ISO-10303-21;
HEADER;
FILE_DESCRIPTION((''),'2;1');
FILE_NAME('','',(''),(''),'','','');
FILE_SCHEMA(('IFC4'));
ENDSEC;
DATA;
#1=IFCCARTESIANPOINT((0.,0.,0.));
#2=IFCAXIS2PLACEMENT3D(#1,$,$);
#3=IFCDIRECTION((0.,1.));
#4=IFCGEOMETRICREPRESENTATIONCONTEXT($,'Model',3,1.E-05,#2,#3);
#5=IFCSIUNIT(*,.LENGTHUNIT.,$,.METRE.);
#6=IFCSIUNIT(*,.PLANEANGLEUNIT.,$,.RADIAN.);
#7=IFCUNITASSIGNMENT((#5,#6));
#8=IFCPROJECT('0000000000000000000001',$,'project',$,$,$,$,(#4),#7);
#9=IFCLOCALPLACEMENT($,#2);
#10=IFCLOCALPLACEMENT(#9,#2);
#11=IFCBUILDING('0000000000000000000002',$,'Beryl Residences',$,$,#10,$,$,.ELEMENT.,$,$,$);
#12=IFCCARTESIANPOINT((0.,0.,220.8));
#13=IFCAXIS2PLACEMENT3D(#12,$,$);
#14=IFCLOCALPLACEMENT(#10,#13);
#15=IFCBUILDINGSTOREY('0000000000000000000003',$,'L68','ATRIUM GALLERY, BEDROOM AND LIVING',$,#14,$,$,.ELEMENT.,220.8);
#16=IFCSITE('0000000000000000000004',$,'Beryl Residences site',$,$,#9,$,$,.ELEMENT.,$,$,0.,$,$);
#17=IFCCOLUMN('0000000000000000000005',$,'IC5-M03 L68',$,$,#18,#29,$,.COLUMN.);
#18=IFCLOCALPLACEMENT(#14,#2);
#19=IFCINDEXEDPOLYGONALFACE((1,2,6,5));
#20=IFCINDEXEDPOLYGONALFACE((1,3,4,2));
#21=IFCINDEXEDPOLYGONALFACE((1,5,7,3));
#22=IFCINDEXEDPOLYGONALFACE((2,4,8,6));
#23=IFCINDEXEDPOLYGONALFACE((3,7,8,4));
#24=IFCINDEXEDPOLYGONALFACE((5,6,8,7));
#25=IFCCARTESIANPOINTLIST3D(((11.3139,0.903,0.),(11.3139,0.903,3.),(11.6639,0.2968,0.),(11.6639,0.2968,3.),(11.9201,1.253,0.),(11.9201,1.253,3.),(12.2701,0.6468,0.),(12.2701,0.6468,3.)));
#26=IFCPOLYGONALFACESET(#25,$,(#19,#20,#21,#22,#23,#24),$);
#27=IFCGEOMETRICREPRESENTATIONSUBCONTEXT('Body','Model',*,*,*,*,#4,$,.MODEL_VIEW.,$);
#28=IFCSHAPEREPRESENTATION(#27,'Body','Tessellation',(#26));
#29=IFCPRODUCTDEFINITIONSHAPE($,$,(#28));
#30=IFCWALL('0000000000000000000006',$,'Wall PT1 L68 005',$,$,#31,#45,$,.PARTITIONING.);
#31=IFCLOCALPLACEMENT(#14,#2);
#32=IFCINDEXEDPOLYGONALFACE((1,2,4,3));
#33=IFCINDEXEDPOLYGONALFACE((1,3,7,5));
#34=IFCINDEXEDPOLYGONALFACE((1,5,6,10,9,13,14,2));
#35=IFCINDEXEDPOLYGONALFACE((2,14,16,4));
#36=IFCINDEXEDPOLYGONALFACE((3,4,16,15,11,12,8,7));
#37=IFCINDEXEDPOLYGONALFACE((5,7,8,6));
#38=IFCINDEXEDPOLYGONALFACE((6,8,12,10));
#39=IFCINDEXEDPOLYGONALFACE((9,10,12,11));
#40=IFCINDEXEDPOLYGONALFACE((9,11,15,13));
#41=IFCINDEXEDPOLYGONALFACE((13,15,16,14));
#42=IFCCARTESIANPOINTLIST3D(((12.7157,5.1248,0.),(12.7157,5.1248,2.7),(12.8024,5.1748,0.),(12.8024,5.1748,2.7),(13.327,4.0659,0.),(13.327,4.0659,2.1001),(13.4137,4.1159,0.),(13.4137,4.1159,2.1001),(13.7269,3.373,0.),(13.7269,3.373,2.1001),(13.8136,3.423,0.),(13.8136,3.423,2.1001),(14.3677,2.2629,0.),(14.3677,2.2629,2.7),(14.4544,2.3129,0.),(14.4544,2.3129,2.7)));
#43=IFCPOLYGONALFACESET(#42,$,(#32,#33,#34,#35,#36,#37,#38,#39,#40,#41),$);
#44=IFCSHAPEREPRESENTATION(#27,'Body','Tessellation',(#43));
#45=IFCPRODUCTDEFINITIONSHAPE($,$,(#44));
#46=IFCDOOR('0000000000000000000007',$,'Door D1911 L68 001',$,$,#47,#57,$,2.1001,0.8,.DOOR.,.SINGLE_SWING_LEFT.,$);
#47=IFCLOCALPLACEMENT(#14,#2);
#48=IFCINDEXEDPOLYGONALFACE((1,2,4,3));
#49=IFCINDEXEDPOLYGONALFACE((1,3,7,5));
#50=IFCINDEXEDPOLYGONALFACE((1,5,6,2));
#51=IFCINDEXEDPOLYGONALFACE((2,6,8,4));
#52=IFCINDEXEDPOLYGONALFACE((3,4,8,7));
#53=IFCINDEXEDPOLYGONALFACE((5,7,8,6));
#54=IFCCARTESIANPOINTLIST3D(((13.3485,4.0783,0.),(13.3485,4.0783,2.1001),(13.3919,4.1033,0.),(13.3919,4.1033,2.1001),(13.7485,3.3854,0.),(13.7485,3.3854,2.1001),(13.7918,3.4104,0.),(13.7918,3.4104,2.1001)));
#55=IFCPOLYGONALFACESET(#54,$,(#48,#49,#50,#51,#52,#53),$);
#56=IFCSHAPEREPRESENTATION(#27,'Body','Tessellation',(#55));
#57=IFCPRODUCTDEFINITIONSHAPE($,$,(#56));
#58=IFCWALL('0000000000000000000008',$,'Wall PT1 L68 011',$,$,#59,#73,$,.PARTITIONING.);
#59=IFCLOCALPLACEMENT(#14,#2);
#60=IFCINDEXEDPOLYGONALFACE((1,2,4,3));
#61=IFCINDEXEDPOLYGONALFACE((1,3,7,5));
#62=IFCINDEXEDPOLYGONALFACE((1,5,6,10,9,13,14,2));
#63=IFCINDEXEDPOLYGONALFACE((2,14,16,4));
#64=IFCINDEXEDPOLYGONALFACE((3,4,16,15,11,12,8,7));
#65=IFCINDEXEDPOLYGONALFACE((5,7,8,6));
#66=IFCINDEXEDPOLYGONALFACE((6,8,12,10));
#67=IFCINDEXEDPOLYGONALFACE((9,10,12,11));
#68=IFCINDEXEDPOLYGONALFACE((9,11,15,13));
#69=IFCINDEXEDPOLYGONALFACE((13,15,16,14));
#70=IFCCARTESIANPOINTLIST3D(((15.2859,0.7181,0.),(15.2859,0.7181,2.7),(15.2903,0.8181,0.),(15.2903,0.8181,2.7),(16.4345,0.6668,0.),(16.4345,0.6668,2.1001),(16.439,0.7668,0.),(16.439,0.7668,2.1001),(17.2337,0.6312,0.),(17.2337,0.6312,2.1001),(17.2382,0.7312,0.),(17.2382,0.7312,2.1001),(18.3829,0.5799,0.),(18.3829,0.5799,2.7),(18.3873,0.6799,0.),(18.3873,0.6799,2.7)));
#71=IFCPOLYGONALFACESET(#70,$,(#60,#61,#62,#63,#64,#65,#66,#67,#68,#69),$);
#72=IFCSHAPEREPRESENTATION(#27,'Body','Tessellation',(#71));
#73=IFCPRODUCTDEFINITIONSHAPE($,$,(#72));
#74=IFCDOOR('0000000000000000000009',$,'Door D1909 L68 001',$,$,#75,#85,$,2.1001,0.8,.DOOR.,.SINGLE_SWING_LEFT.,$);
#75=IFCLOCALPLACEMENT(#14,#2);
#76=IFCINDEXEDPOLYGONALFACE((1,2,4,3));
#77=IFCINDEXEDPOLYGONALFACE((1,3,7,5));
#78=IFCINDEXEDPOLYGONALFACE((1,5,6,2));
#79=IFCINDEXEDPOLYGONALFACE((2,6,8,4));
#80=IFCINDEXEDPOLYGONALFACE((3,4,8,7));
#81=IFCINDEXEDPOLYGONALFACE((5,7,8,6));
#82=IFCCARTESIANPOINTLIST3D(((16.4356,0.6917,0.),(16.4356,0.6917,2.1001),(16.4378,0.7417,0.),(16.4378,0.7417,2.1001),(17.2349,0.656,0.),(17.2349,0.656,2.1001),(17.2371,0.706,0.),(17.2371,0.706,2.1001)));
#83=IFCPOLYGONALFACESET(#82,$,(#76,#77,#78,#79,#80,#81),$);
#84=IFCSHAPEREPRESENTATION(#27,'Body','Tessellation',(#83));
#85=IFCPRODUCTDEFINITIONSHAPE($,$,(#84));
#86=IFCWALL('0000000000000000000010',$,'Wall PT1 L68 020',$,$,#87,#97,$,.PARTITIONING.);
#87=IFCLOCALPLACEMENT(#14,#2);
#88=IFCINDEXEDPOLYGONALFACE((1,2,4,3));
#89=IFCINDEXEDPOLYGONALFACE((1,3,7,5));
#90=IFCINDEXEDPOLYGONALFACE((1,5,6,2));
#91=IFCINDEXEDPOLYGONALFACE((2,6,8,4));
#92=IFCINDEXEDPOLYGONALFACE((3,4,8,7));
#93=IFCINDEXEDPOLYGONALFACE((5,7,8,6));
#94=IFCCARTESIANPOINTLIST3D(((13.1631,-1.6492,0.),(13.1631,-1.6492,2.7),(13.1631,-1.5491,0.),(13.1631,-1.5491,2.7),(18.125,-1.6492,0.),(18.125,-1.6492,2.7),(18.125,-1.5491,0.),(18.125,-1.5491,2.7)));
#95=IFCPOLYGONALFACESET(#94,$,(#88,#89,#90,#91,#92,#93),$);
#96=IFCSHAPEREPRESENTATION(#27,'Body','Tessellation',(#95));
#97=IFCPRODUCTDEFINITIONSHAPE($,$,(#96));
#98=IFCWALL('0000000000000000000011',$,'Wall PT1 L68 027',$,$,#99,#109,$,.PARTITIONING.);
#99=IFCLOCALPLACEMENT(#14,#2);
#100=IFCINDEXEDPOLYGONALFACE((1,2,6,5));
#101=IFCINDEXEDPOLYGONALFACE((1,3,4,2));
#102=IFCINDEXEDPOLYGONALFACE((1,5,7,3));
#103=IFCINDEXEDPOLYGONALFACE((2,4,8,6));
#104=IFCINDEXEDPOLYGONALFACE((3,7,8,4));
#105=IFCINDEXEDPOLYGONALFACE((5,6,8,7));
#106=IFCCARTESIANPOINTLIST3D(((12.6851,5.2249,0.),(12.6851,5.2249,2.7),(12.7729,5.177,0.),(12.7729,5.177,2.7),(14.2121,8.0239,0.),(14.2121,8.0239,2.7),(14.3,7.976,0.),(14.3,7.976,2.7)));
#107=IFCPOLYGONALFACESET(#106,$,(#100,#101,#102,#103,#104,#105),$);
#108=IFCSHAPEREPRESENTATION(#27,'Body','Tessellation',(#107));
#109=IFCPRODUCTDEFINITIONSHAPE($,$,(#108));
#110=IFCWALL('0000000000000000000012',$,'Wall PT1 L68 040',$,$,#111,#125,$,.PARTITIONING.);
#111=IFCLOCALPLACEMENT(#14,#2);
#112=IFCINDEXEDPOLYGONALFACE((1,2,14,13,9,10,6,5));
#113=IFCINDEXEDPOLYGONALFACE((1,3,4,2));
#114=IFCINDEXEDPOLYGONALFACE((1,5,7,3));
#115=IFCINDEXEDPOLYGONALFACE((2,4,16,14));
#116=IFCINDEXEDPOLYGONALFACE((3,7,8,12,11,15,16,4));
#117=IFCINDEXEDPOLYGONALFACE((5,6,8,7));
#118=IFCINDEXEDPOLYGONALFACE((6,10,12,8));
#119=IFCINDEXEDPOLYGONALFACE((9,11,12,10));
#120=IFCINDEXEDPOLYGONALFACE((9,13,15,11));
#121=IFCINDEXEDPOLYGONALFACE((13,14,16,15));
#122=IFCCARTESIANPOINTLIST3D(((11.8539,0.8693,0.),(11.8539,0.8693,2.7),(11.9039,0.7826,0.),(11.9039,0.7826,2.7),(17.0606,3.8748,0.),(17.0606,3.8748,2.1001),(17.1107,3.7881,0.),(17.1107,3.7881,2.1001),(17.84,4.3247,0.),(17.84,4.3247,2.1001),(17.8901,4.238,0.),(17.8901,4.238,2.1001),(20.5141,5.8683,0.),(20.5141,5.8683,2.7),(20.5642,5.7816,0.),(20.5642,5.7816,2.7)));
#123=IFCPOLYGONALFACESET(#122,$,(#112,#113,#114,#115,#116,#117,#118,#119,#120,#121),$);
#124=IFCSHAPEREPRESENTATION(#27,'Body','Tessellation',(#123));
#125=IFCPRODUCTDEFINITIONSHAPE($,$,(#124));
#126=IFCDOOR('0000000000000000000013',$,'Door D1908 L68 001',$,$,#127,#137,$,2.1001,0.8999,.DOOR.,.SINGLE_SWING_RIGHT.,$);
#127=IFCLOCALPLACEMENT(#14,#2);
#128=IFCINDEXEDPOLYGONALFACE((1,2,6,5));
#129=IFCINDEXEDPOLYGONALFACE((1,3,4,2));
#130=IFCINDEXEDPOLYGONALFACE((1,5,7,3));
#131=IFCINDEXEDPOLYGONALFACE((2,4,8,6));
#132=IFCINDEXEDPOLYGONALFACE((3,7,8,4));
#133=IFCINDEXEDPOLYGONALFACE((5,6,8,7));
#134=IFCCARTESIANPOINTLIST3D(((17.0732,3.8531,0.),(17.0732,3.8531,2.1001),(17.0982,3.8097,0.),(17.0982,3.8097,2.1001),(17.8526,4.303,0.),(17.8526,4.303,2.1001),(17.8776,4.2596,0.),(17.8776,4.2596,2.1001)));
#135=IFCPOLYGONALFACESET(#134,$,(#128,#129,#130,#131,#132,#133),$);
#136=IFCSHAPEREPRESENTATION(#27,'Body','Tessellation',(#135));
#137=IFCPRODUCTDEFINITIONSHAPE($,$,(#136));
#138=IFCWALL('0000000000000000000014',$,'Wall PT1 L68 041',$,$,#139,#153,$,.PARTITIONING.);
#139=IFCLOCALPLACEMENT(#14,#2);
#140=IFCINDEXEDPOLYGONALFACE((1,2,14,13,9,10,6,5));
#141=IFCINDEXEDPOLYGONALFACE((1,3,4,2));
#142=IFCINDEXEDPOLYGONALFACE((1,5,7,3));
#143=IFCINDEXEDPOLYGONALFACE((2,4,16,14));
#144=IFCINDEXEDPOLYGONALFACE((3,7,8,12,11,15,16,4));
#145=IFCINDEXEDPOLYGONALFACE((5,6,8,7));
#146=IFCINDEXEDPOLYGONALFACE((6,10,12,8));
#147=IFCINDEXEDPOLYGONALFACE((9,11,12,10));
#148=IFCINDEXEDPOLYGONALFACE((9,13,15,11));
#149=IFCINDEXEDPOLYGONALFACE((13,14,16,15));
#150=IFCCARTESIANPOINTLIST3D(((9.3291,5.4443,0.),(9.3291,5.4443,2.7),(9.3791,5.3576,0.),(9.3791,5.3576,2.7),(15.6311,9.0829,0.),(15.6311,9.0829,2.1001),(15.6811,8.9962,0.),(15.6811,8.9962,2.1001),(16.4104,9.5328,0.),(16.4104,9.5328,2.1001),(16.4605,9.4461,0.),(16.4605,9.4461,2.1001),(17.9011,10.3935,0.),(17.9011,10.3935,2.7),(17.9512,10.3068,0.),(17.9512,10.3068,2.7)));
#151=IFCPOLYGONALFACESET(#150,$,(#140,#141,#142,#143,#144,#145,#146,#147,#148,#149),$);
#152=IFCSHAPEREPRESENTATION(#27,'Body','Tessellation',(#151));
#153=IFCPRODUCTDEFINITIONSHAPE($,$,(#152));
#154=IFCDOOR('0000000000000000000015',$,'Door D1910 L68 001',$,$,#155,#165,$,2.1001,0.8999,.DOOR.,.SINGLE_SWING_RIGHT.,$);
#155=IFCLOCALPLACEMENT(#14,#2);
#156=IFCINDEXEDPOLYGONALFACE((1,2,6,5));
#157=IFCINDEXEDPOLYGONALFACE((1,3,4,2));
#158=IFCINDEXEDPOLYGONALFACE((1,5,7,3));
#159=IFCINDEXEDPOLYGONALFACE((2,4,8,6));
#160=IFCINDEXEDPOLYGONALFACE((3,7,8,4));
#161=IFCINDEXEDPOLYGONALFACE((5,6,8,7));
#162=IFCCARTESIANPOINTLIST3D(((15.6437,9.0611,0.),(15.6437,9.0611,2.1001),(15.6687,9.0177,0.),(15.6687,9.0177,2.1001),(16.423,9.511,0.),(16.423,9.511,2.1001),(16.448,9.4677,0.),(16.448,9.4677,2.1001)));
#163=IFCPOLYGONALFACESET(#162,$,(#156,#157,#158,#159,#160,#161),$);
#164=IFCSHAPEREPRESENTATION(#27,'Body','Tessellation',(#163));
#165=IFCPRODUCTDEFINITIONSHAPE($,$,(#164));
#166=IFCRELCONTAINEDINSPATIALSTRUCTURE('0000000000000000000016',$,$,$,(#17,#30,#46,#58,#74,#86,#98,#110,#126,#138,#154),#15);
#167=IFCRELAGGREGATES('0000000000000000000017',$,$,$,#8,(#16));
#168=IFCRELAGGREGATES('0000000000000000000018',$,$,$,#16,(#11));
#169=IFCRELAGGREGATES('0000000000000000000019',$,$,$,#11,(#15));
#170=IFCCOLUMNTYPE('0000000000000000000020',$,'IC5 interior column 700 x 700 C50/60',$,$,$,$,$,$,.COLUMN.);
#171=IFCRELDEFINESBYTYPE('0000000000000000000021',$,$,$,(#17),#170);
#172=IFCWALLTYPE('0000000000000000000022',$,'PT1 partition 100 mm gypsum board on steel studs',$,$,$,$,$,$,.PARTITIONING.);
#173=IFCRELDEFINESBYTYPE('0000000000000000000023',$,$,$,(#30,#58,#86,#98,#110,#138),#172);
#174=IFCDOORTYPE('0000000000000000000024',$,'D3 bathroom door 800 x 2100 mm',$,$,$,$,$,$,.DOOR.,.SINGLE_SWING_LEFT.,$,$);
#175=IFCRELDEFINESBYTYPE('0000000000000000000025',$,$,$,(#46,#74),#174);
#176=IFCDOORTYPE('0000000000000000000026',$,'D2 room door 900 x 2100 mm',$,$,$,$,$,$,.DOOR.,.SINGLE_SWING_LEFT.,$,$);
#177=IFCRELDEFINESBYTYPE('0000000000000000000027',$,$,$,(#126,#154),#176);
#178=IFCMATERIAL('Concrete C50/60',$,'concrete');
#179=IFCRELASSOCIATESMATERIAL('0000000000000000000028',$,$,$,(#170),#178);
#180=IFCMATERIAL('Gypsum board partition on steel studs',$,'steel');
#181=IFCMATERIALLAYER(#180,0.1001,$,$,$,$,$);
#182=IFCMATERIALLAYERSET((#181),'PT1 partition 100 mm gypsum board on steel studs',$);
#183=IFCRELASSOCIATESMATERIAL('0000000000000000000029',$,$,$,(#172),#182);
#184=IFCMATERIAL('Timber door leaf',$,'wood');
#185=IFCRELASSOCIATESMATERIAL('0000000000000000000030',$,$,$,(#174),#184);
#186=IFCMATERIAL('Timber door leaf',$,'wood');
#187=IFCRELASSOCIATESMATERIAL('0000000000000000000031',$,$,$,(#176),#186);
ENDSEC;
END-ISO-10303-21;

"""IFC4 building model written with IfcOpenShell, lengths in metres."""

from ifc_helpers import new_model, si_unit, direction, frame, frame_2d, origin, origin_2d, place, context, subcontext, project, spatial, rectangle, extrude, material, layer, layer_set, material_profile, profile_set, type_object, element, fill, save


model = new_model("IFC4")

# Units and contexts
model_context = context("Model", 3, precision=1e-05, world=origin(), true_north=direction((0.0, 1.0)))
body_context = subcontext(model_context, "Body", "Model", "MODEL_VIEW")
ifc_project = project(units=[si_unit("LENGTHUNIT", "METRE"), si_unit("PLANEANGLEUNIT", "RADIAN")], contexts=[model_context])

# Site, building, storey
site_placement = place(None, origin())
site = spatial("IfcSite", under=ifc_project, at=site_placement, Name="Beryl Residences site", CompositionType="ELEMENT", RefElevation=0.0)
building_placement = place(site_placement, origin())
building = spatial("IfcBuilding", under=site, at=building_placement, Name="Beryl Residences", CompositionType="ELEMENT")
storey_placement = place(building_placement, frame((0.0, 0.0, 220.8)))
storey = spatial("IfcBuildingStorey", under=building, at=storey_placement, Name="L68", Description="ATRIUM GALLERY, BEDROOM AND LIVING", CompositionType="ELEMENT", Elevation=220.8)

# Column
ifc_material_1 = material(Name="Concrete C50/60", Category="concrete")
ifc_material_profile = material_profile(ifc_material_1, rectangle(XDim=0.7, YDim=0.7, at=origin_2d()))
ifc_profile_set = profile_set([ifc_material_profile], Name="Concrete C50/60")
column_type = type_object("IfcColumnType", Name="IC5 interior column 700 x 700 C50/60", PredefinedType="COLUMN", material=ifc_profile_set)
column_placement = place(storey_placement, frame((11.792, 0.7749, 0.0), z_axis=(0.0, 0.0, 1.0), x_axis=(-0.49997, 0.866043, 0.0)))
element("IfcColumn", 1, at=column_placement, inside=storey, type_object=column_type, Name="IC5-M03 L68", PredefinedType="COLUMN", context=body_context, shape_type="SweptSolid", body=[
    extrude(rectangle(XDim=0.7, YDim=0.7, at=origin_2d()), origin(), (0.0, 0.0, 1.0), 3.0),
])

# Walls, openings, doors
ifc_material_2 = material(Name="Gypsum board partition on steel studs", Category="steel")
ifc_layer_1 = layer(ifc_material_2, 0.1001)
ifc_layer_set_1 = layer_set([ifc_layer_1], Name="PT1 partition 100 mm gypsum board on steel studs")
wall_type_1 = type_object("IfcWallType", Name="PT1 partition 100 mm gypsum board on steel studs", PredefinedType="PARTITIONING", material=ifc_layer_set_1)
wall_1_placement = place(storey_placement, frame((12.759, 5.1499, 0.0), z_axis=(0.0, 0.0, 1.0), x_axis=(0.499906, -0.86608, 0.0)))
wall_1 = element("IfcWall", 2, at=wall_1_placement, inside=storey, type_object=wall_type_1, Name="Wall PT1 L68 005", PredefinedType="PARTITIONING", context=body_context, shape_type="SweptSolid", body=[
    extrude(rectangle(XDim=3.3044, YDim=0.1001, at=frame_2d((1.6523, 0.0))), origin(), (0.0, 0.0, 1.0), 2.7),
])
opening_1_placement = place(wall_1_placement, frame((1.2229, 0.0, 0.0)))
opening_1 = element("IfcOpeningElement", 3, at=opening_1_placement, cuts=wall_1, PredefinedType="OPENING", context=body_context, shape_type="SweptSolid", body=[
    extrude(rectangle(XDim=0.8, YDim=2.1001, at=frame_2d((0.3999, 1.05))), frame((0.0, 0.0601, 0.0), z_axis=(0.0, -1.0, 0.0), x_axis=(1.0, 0.0, 0.0)), (0.0, 0.0, 1.0), 0.1201),
])
ifc_material_3 = material(Name="Timber door leaf", Category="wood")
door_type_1 = type_object("IfcDoorType", Name="D3 bathroom door 800 x 2100 mm", OperationType="SINGLE_SWING_LEFT", PredefinedType="DOOR", material=ifc_material_3)
door_1_placement = place(opening_1_placement, origin())
door_1 = element("IfcDoor", 4, at=door_1_placement, inside=storey, type_object=door_type_1, Name="Door D1911 L68 001", OperationType="SINGLE_SWING_LEFT", OverallHeight=2.1001, OverallWidth=0.8, PredefinedType="DOOR", context=body_context, shape_type="SweptSolid", body=[
    extrude(rectangle(XDim=0.8, YDim=2.1001, at=frame_2d((0.3999, 1.05))), frame((0.0, 0.0249, 0.0), z_axis=(0.0, -1.0, 0.0), x_axis=(1.0, 0.0, 0.0)), (0.0, 0.0, 1.0), 0.05),
])
fill(opening_1, door_1)
wall_2_placement = place(storey_placement, frame((15.2881, 0.7681, 0.0), z_axis=(0.0, 0.0, 1.0), x_axis=(0.999006, -0.044575, 0.0)))
wall_2 = element("IfcWall", 5, at=wall_2_placement, inside=storey, type_object=wall_type_1, Name="Wall PT1 L68 011", PredefinedType="PARTITIONING", context=body_context, shape_type="SweptSolid", body=[
    extrude(rectangle(XDim=3.1001, YDim=0.1001, at=frame_2d((1.55, 0.0))), origin(), (0.0, 0.0, 1.0), 2.7),
])
opening_2_placement = place(wall_2_placement, frame((1.1499, 0.0, 0.0)))
opening_2 = element("IfcOpeningElement", 6, at=opening_2_placement, cuts=wall_2, PredefinedType="OPENING", context=body_context, shape_type="SweptSolid", body=[
    extrude(rectangle(XDim=0.8, YDim=2.1001, at=frame_2d((0.3999, 1.05))), frame((0.0, 0.0601, 0.0), z_axis=(0.0, -1.0, 0.0), x_axis=(1.0, 0.0, 0.0)), (0.0, 0.0, 1.0), 0.1201),
])
door_2_placement = place(opening_2_placement, origin())
door_2 = element("IfcDoor", 7, at=door_2_placement, inside=storey, type_object=door_type_1, Name="Door D1909 L68 001", OperationType="SINGLE_SWING_LEFT", OverallHeight=2.1001, OverallWidth=0.8, PredefinedType="DOOR", context=body_context, shape_type="SweptSolid", body=[
    extrude(rectangle(XDim=0.8, YDim=2.1001, at=frame_2d((0.3999, 1.05))), frame((0.0, 0.0249, 0.0), z_axis=(0.0, -1.0, 0.0), x_axis=(1.0, 0.0, 0.0)), (0.0, 0.0, 1.0), 0.05),
])
fill(opening_2, door_2)

# Walls
wall_3_placement = place(storey_placement, frame((13.1631, -1.5991, 0.0), z_axis=(0.0, 0.0, 1.0), x_axis=(1.0, 0.0, 0.0)))
element("IfcWall", 8, at=wall_3_placement, inside=storey, type_object=wall_type_1, Name="Wall PT1 L68 020", PredefinedType="PARTITIONING", context=body_context, shape_type="SweptSolid", body=[
    extrude(rectangle(XDim=4.9619, YDim=0.1001, at=frame_2d((2.481, 0.0))), origin(), (0.0, 0.0, 1.0), 2.7),
])
wall_4_placement = place(storey_placement, frame((12.729, 5.2009, 0.0), z_axis=(0.0, 0.0, 1.0), x_axis=(0.478933, 0.877852, 0.0)))
element("IfcWall", 9, at=wall_4_placement, inside=storey, type_object=wall_type_1, Name="Wall PT1 L68 027", PredefinedType="PARTITIONING", context=body_context, shape_type="SweptSolid", body=[
    extrude(rectangle(XDim=3.1885, YDim=0.1001, at=frame_2d((1.5942, 0.0))), origin(), (0.0, 0.0, 1.0), 2.7),
])

# Walls, openings, doors
wall_5_placement = place(storey_placement, frame((11.8789, 0.8259, 0.0), z_axis=(0.0, 0.0, 1.0), x_axis=(0.866065, 0.499931, 0.0)))
wall_5 = element("IfcWall", 10, at=wall_5_placement, inside=storey, type_object=wall_type_1, Name="Wall PT1 L68 040", PredefinedType="PARTITIONING", context=body_context, shape_type="SweptSolid", body=[
    extrude(rectangle(XDim=9.9995, YDim=0.1001, at=frame_2d((4.9998, 0.0))), origin(), (0.0, 0.0, 1.0), 2.7),
])
opening_3_placement = place(wall_5_placement, frame((6.012, 0.0, 0.0)))
opening_3 = element("IfcOpeningElement", 11, at=opening_3_placement, cuts=wall_5, PredefinedType="OPENING", context=body_context, shape_type="SweptSolid", body=[
    extrude(rectangle(XDim=0.8999, YDim=2.1001, at=frame_2d((0.45, 1.05))), frame((0.0, 0.0601, 0.0), z_axis=(0.0, -1.0, 0.0), x_axis=(1.0, 0.0, 0.0)), (0.0, 0.0, 1.0), 0.1201),
])
ifc_material_4 = material(Name="Timber door leaf", Category="wood")
door_type_2 = type_object("IfcDoorType", Name="D2 room door 900 x 2100 mm", OperationType="SINGLE_SWING_LEFT", PredefinedType="DOOR", material=ifc_material_4)
door_3_placement = place(opening_3_placement, origin())
door_3 = element("IfcDoor", 12, at=door_3_placement, inside=storey, type_object=door_type_2, Name="Door D1908 L68 001", OperationType="SINGLE_SWING_RIGHT", OverallHeight=2.1001, OverallWidth=0.8999, PredefinedType="DOOR", context=body_context, shape_type="SweptSolid", body=[
    extrude(rectangle(XDim=0.8999, YDim=2.1001, at=frame_2d((0.45, 1.05))), frame((0.0, 0.0249, 0.0), z_axis=(0.0, -1.0, 0.0), x_axis=(1.0, 0.0, 0.0)), (0.0, 0.0, 1.0), 0.05),
])
fill(opening_3, door_3)
wall_6_placement = place(storey_placement, frame((9.354, 5.4009, 0.0), z_axis=(0.0, 0.0, 1.0), x_axis=(0.866018, 0.500012, 0.0)))
wall_6 = element("IfcWall", 13, at=wall_6_placement, inside=storey, type_object=wall_type_1, Name="Wall PT1 L68 041", PredefinedType="PARTITIONING", context=body_context, shape_type="SweptSolid", body=[
    extrude(rectangle(XDim=9.8982, YDim=0.1001, at=frame_2d((4.9492, 0.0))), origin(), (0.0, 0.0, 1.0), 2.7),
])
opening_4_placement = place(wall_6_placement, frame((7.2771, 0.0, 0.0)))
opening_4 = element("IfcOpeningElement", 14, at=opening_4_placement, cuts=wall_6, PredefinedType="OPENING", context=body_context, shape_type="SweptSolid", body=[
    extrude(rectangle(XDim=0.8999, YDim=2.1001, at=frame_2d((0.45, 1.05))), frame((0.0, 0.0601, 0.0), z_axis=(0.0, -1.0, 0.0), x_axis=(1.0, 0.0, 0.0)), (0.0, 0.0, 1.0), 0.1201),
])
door_4_placement = place(opening_4_placement, origin())
door_4 = element("IfcDoor", 15, at=door_4_placement, inside=storey, type_object=door_type_2, Name="Door D1910 L68 001", OperationType="SINGLE_SWING_RIGHT", OverallHeight=2.1001, OverallWidth=0.8999, PredefinedType="DOOR", context=body_context, shape_type="SweptSolid", body=[
    extrude(rectangle(XDim=0.8999, YDim=2.1001, at=frame_2d((0.45, 1.05))), frame((0.0, 0.0249, 0.0), z_axis=(0.0, -1.0, 0.0), x_axis=(1.0, 0.0, 0.0)), (0.0, 0.0, 1.0), 0.05),
])
fill(opening_4, door_4)

save(model, "model.ifc")
